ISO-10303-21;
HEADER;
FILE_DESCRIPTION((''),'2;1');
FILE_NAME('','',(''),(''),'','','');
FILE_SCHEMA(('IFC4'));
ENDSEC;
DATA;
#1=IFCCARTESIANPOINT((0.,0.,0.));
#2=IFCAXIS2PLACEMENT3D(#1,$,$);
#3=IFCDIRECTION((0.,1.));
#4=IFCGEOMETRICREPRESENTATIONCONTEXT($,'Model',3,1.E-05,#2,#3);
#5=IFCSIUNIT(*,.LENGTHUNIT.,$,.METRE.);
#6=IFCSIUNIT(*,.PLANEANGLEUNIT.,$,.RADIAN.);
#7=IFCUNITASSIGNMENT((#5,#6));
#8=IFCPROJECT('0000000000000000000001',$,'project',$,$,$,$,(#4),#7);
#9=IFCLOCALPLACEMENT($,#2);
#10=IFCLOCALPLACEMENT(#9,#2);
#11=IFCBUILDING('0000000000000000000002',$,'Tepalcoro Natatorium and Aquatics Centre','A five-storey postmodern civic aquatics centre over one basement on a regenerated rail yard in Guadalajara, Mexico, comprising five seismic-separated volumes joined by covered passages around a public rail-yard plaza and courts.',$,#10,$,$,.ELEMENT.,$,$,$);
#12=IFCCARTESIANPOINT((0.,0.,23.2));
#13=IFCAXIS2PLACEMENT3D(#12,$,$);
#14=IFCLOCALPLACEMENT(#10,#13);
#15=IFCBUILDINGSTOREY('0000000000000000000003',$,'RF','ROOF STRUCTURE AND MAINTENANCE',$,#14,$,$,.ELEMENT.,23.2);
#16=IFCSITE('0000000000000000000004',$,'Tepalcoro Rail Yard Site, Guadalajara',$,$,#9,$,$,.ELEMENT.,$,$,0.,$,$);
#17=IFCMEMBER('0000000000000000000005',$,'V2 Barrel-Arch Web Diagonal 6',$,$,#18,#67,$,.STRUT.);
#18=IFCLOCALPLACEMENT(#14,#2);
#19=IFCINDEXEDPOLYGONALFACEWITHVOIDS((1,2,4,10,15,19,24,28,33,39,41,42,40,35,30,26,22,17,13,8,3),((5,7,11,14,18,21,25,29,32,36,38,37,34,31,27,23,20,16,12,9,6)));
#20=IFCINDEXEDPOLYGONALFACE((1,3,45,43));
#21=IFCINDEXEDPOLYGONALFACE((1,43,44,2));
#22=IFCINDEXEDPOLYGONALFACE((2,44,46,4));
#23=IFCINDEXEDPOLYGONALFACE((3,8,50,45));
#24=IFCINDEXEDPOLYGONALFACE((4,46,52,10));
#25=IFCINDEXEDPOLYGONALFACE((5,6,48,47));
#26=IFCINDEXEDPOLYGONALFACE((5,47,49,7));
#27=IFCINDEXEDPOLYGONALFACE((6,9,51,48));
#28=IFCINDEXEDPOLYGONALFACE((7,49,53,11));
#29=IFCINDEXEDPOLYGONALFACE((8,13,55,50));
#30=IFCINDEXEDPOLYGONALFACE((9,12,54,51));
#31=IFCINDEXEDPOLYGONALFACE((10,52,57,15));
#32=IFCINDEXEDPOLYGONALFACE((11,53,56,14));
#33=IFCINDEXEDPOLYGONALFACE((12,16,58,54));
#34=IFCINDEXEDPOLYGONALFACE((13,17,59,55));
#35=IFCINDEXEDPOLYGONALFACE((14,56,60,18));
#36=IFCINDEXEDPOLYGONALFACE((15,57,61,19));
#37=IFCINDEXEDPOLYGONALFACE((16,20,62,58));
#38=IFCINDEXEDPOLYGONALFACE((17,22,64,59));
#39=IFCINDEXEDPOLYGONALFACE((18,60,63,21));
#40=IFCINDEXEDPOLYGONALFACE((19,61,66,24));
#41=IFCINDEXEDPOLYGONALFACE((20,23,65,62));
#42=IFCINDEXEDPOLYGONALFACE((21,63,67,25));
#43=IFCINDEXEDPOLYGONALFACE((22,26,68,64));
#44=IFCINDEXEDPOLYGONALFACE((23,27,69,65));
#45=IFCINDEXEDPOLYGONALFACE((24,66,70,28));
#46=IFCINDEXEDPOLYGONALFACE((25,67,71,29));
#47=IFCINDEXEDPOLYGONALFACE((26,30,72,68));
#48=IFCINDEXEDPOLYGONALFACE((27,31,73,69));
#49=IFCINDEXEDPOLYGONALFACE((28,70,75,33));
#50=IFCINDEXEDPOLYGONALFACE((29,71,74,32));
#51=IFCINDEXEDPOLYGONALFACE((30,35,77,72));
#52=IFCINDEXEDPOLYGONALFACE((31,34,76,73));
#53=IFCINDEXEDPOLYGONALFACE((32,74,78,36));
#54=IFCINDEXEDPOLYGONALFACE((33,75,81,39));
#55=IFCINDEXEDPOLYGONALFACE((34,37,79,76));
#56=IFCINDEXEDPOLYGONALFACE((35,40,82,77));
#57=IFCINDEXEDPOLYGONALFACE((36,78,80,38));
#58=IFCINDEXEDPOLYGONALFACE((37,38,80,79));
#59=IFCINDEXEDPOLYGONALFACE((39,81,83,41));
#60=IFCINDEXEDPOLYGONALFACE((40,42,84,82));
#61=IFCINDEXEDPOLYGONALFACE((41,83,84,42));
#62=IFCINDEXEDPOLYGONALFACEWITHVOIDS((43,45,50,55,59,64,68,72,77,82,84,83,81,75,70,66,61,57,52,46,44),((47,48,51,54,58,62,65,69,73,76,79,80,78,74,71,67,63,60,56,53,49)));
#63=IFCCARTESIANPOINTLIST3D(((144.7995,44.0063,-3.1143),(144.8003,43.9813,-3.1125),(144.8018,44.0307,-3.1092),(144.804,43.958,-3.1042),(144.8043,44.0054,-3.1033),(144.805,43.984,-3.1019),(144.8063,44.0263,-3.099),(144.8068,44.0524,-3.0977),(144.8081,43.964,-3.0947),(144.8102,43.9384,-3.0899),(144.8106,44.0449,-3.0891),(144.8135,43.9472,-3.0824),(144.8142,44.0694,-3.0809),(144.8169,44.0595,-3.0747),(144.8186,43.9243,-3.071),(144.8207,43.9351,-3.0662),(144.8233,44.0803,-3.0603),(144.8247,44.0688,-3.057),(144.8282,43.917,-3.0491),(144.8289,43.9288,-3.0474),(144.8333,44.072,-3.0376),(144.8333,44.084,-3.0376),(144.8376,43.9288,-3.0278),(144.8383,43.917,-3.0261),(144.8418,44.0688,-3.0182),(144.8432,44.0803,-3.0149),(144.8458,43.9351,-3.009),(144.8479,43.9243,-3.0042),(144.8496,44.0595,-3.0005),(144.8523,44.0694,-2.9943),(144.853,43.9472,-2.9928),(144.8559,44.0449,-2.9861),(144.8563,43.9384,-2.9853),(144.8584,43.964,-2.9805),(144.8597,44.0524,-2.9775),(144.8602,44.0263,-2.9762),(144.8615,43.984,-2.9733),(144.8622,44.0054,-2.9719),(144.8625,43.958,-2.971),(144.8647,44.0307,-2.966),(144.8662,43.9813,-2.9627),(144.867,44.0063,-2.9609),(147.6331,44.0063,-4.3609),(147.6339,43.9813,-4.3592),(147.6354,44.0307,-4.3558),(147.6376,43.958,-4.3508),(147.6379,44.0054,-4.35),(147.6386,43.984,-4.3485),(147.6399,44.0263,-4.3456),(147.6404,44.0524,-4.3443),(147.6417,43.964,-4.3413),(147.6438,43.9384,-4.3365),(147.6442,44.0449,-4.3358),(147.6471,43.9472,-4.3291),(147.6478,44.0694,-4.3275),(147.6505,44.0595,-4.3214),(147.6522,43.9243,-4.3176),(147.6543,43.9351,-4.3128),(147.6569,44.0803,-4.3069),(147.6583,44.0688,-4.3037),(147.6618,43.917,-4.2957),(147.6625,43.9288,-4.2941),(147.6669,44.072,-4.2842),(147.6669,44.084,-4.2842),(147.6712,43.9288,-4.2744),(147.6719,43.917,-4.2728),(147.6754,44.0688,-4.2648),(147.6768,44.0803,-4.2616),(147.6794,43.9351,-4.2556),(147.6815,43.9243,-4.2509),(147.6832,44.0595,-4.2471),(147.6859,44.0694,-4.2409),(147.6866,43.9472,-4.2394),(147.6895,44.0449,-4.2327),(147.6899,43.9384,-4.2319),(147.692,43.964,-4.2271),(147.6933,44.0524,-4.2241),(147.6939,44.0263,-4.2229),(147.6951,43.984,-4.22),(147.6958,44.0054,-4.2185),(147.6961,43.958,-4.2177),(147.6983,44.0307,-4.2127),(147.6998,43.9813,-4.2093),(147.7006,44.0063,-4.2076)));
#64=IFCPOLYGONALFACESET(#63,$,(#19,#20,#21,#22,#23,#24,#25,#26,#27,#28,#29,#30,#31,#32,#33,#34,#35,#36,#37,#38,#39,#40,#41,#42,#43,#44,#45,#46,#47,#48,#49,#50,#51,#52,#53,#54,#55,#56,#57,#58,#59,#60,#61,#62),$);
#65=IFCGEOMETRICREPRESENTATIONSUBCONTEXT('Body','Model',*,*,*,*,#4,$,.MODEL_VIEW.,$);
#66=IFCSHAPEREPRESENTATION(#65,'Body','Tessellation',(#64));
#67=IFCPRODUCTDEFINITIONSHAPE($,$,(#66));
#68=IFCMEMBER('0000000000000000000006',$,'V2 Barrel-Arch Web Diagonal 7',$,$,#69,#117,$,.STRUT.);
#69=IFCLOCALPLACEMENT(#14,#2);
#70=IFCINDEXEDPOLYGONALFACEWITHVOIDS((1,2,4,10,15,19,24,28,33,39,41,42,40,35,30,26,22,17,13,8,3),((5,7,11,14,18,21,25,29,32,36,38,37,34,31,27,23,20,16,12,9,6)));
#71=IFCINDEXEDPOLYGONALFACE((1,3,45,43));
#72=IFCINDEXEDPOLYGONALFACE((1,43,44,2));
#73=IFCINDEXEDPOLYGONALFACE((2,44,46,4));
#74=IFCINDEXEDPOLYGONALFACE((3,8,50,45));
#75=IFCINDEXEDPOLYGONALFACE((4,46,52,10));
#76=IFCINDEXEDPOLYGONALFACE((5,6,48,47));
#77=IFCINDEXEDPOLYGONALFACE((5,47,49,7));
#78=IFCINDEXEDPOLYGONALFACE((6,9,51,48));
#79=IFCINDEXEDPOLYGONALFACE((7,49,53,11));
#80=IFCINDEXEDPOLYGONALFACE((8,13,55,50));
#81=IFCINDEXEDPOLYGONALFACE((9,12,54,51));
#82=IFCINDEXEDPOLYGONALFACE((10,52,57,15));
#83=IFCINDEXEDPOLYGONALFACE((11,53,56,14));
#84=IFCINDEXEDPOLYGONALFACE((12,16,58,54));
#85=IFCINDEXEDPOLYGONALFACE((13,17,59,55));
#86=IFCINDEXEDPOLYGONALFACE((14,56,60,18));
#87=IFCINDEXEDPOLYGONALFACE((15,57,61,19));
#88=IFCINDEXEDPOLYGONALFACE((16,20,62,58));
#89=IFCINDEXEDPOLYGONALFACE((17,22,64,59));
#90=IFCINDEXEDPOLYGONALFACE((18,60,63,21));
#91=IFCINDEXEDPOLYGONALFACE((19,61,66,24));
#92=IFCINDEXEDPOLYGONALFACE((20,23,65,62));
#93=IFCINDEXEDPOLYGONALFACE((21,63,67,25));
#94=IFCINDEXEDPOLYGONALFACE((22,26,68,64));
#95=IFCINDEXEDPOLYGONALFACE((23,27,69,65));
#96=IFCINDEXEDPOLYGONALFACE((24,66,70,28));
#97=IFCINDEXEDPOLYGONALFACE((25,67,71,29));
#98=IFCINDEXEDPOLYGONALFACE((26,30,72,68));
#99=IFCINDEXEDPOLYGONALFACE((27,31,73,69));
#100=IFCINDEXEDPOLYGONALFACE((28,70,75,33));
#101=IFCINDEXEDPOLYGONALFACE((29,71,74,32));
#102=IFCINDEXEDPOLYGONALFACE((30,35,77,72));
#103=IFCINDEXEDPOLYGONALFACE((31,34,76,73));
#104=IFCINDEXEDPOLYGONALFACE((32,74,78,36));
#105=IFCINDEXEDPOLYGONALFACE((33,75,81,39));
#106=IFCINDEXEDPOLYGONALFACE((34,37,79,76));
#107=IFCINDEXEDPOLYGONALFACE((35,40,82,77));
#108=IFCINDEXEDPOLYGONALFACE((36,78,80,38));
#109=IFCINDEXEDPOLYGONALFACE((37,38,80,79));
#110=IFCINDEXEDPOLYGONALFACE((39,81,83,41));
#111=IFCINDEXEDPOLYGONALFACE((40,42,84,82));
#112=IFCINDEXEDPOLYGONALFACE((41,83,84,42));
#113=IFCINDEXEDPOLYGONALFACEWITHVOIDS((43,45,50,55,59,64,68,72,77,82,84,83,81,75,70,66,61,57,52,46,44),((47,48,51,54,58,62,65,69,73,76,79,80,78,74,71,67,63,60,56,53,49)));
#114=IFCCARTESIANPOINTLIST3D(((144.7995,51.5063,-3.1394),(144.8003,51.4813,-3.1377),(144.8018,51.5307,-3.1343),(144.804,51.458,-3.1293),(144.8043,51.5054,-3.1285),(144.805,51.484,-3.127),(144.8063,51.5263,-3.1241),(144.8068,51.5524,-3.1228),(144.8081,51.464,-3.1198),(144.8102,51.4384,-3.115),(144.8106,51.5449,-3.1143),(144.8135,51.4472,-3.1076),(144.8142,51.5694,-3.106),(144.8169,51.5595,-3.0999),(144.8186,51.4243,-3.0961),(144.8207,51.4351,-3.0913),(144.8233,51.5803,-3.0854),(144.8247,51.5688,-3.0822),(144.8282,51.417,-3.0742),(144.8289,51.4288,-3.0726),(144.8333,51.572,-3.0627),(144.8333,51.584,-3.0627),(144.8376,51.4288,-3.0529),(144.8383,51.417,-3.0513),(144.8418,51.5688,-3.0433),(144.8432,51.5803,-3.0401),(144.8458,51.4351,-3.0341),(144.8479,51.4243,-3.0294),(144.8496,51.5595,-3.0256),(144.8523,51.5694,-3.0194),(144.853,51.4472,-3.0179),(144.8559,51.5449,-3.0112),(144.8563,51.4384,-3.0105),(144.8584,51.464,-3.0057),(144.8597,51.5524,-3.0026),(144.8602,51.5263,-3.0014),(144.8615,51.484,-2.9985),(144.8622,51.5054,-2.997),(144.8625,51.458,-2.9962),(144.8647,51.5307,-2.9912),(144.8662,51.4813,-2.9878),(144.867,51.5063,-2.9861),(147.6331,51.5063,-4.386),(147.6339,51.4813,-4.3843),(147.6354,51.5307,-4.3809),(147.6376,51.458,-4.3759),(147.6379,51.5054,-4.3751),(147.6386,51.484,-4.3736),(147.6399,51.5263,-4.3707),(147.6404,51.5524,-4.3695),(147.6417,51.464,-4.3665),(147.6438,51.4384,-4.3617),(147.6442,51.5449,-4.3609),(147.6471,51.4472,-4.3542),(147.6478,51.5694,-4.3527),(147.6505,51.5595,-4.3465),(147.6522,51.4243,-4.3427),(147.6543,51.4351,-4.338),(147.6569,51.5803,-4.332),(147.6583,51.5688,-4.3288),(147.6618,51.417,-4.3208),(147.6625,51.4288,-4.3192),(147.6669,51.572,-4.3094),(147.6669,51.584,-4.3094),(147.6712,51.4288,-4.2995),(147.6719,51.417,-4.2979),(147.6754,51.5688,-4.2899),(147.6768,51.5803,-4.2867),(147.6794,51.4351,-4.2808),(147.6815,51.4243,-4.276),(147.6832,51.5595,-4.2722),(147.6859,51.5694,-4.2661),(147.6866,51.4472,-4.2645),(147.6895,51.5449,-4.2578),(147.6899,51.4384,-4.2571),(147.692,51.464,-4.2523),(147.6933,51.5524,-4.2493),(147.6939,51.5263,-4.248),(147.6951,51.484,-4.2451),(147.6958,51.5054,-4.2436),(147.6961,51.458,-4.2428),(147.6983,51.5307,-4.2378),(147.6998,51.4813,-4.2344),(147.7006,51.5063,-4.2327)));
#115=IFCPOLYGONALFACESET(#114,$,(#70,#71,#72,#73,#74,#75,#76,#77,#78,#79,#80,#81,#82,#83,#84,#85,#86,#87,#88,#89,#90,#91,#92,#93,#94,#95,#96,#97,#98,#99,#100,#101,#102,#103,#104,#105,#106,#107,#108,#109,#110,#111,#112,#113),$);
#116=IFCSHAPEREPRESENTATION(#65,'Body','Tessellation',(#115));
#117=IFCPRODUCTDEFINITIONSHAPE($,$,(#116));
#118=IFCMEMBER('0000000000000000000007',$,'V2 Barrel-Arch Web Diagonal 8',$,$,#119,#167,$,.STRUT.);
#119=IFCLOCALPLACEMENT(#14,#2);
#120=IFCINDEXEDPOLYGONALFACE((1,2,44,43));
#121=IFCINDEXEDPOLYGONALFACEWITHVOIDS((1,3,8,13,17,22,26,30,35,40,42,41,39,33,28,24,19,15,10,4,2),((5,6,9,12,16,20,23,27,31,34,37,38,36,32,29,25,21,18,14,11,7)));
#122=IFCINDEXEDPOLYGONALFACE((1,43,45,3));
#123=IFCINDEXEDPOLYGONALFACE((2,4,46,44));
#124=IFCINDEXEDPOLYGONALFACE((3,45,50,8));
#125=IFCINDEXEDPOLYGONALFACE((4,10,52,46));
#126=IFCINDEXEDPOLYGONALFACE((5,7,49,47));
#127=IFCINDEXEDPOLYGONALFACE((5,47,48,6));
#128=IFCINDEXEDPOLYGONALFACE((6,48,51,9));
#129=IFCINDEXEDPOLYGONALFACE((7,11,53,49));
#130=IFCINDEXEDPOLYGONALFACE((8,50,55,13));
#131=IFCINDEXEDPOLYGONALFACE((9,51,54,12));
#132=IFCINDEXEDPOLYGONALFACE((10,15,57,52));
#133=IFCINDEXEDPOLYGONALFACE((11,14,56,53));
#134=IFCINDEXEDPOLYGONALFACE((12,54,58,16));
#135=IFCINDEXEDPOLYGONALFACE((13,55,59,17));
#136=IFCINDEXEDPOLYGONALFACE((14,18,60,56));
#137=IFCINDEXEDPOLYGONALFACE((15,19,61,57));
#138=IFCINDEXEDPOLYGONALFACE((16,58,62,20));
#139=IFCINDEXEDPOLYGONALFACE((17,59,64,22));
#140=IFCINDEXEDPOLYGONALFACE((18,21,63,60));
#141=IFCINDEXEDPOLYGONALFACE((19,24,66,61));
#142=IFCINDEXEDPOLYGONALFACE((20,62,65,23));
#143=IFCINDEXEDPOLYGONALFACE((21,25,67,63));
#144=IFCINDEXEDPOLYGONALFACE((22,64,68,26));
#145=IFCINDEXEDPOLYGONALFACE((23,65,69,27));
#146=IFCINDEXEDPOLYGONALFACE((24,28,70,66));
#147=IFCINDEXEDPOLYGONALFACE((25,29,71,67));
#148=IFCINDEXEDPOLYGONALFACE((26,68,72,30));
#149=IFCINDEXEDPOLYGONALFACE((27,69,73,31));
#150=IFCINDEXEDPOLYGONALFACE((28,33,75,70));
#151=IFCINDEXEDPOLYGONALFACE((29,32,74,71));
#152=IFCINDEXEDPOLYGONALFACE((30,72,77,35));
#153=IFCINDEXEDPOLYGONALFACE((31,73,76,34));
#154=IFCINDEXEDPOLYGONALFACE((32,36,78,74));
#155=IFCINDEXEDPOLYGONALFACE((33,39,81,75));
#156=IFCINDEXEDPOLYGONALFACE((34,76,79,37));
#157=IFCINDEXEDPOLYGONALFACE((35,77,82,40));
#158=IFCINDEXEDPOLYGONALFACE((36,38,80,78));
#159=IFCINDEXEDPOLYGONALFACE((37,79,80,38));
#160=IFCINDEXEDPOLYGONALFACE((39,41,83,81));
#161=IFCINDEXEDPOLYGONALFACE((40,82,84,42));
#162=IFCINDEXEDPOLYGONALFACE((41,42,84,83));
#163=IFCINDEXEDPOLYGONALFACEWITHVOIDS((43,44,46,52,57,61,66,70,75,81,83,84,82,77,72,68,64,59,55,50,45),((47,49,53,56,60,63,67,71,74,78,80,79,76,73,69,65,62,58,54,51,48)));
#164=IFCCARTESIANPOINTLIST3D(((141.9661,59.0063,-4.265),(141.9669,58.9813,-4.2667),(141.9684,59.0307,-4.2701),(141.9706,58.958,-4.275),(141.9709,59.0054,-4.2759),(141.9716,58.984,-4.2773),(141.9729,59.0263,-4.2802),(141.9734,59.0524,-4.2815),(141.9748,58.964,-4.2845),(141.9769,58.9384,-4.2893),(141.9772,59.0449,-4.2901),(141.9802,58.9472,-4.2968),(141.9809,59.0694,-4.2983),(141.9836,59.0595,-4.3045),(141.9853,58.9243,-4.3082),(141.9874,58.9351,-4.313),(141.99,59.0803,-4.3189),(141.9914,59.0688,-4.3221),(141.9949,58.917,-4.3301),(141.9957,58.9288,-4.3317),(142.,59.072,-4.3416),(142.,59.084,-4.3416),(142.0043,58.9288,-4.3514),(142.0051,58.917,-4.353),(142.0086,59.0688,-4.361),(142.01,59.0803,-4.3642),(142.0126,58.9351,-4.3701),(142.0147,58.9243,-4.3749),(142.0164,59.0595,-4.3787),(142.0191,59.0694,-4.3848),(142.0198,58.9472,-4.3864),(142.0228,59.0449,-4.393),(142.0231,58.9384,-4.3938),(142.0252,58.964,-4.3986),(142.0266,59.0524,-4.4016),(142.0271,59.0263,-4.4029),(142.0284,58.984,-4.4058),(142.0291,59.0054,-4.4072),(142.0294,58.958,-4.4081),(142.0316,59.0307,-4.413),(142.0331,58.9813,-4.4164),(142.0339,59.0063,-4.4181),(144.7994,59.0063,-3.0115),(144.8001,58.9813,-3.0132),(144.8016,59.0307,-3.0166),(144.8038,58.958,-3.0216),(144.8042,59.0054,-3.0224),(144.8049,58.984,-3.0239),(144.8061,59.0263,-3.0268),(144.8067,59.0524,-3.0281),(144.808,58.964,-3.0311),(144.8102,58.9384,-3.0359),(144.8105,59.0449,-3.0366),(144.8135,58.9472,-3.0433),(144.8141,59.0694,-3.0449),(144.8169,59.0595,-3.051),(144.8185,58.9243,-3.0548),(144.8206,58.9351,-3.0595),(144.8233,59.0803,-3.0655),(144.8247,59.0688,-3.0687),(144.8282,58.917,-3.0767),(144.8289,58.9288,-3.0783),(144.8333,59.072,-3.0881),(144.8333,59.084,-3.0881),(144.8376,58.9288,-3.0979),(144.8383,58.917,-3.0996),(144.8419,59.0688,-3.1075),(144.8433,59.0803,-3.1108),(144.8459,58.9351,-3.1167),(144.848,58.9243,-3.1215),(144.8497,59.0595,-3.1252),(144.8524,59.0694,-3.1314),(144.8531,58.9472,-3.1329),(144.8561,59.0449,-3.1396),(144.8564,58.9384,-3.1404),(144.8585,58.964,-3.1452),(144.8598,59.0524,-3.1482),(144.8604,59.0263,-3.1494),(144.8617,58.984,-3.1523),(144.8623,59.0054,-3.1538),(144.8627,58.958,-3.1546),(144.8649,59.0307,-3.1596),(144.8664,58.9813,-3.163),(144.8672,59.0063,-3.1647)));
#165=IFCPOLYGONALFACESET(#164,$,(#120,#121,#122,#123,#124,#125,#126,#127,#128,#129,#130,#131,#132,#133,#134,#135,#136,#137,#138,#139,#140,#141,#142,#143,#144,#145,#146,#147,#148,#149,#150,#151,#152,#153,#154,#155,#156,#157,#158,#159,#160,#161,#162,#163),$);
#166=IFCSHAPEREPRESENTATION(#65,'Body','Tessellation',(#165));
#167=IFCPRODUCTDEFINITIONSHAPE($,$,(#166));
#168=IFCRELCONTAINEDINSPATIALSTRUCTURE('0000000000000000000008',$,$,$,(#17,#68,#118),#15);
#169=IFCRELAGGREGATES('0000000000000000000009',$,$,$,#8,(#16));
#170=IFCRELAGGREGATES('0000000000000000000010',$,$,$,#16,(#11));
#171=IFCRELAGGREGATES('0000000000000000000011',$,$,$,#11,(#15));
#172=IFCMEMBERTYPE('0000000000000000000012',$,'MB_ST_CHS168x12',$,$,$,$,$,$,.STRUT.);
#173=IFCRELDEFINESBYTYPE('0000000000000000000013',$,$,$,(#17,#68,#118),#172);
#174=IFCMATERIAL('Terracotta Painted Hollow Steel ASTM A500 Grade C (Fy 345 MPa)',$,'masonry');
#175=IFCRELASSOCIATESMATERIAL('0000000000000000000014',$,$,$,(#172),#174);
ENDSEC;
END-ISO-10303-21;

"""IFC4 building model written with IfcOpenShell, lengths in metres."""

from ifc_helpers import new_model, si_unit, direction, frame, origin, origin_2d, place, context, subcontext, project, spatial, hollow_circle, extrude, material, material_profile, profile_set, type_object, element, save


model = new_model("IFC4")

# Units and contexts
model_context = context("Model", 3, precision=1e-05, world=origin(), true_north=direction((0.0, 1.0)))
body_context = subcontext(model_context, "Body", "Model", "MODEL_VIEW")
ifc_project = project(units=[si_unit("LENGTHUNIT", "METRE"), si_unit("PLANEANGLEUNIT", "RADIAN")], contexts=[model_context])

# Site, building, storey
site_placement = place(None, origin())
site = spatial("IfcSite", under=ifc_project, at=site_placement, Name="Tepalcoro Rail Yard Site, Guadalajara", CompositionType="ELEMENT", RefElevation=0.0)
building_placement = place(site_placement, origin())
building = spatial("IfcBuilding", under=site, at=building_placement, Name="Tepalcoro Natatorium and Aquatics Centre", Description="A five-storey postmodern civic aquatics centre over one basement on a regenerated rail yard in Guadalajara, Mexico, comprising five seismic-separated volumes joined by covered passages around a public rail-yard plaza and courts.", CompositionType="ELEMENT")
storey_placement = place(building_placement, frame((0.0, 0.0, 23.2)))
storey = spatial("IfcBuildingStorey", under=building, at=storey_placement, Name="RF", Description="ROOF STRUCTURE AND MAINTENANCE", CompositionType="ELEMENT", Elevation=23.2)

# Shared definitions
ifc_material_1 = material(Name="Terracotta Painted Hollow Steel ASTM A500 Grade C (Fy 345 MPa)", Category="masonry")

# Members
ifc_material_profile_1 = material_profile(ifc_material_1, hollow_circle(Radius=0.084, WallThickness=0.012, at=origin_2d()), Name="CHS168X12")
ifc_profile_set_1 = profile_set([ifc_material_profile_1], Name="Terracotta Painted Hollow Steel ASTM A500 Grade C (Fy 345 MPa)")
member_type_1 = type_object("IfcMemberType", Name="MB_ST_CHS168x12", PredefinedType="STRUT", material=ifc_profile_set_1)
for number, where, z_axis, x_axis, name in (
    (1, (144.8333, 44.0, -3.0376), (0.915334, 0.0, -0.402696), (0.0, 1.0, 0.0), "V2 Barrel-Arch Web Diagonal 6"),
    (2, (144.8333, 51.5, -3.0627), (0.915334, 0.0, -0.402696), (0.0, 1.0, 0.0), "V2 Barrel-Arch Web Diagonal 7"),
):
    element("IfcMember", number, at=place(storey_placement, frame(where, z_axis=z_axis, x_axis=x_axis)), inside=storey, type_object=member_type_1, Name=name, PredefinedType="STRUT", context=body_context, shape_type="SweptSolid", body=[
        extrude(hollow_circle(Radius=0.084, WallThickness=0.012, at=origin_2d()), origin(), (0.0, 0.0, 1.0), 3.0957),
    ])
member_1_placement = place(storey_placement, frame((142.0, 59.0, -4.3416), z_axis=(0.914506, 0.0, 0.404573), x_axis=(0.0, 1.0, 0.0)))
element("IfcMember", 3, at=member_1_placement, inside=storey, type_object=member_type_1, Name="V2 Barrel-Arch Web Diagonal 8", PredefinedType="STRUT", context=body_context, shape_type="SweptSolid", body=[
    extrude(hollow_circle(Radius=0.084, WallThickness=0.012, at=origin_2d()), origin(), (0.0, 0.0, 1.0), 3.0981),
])

save(model, "model.ifc")
